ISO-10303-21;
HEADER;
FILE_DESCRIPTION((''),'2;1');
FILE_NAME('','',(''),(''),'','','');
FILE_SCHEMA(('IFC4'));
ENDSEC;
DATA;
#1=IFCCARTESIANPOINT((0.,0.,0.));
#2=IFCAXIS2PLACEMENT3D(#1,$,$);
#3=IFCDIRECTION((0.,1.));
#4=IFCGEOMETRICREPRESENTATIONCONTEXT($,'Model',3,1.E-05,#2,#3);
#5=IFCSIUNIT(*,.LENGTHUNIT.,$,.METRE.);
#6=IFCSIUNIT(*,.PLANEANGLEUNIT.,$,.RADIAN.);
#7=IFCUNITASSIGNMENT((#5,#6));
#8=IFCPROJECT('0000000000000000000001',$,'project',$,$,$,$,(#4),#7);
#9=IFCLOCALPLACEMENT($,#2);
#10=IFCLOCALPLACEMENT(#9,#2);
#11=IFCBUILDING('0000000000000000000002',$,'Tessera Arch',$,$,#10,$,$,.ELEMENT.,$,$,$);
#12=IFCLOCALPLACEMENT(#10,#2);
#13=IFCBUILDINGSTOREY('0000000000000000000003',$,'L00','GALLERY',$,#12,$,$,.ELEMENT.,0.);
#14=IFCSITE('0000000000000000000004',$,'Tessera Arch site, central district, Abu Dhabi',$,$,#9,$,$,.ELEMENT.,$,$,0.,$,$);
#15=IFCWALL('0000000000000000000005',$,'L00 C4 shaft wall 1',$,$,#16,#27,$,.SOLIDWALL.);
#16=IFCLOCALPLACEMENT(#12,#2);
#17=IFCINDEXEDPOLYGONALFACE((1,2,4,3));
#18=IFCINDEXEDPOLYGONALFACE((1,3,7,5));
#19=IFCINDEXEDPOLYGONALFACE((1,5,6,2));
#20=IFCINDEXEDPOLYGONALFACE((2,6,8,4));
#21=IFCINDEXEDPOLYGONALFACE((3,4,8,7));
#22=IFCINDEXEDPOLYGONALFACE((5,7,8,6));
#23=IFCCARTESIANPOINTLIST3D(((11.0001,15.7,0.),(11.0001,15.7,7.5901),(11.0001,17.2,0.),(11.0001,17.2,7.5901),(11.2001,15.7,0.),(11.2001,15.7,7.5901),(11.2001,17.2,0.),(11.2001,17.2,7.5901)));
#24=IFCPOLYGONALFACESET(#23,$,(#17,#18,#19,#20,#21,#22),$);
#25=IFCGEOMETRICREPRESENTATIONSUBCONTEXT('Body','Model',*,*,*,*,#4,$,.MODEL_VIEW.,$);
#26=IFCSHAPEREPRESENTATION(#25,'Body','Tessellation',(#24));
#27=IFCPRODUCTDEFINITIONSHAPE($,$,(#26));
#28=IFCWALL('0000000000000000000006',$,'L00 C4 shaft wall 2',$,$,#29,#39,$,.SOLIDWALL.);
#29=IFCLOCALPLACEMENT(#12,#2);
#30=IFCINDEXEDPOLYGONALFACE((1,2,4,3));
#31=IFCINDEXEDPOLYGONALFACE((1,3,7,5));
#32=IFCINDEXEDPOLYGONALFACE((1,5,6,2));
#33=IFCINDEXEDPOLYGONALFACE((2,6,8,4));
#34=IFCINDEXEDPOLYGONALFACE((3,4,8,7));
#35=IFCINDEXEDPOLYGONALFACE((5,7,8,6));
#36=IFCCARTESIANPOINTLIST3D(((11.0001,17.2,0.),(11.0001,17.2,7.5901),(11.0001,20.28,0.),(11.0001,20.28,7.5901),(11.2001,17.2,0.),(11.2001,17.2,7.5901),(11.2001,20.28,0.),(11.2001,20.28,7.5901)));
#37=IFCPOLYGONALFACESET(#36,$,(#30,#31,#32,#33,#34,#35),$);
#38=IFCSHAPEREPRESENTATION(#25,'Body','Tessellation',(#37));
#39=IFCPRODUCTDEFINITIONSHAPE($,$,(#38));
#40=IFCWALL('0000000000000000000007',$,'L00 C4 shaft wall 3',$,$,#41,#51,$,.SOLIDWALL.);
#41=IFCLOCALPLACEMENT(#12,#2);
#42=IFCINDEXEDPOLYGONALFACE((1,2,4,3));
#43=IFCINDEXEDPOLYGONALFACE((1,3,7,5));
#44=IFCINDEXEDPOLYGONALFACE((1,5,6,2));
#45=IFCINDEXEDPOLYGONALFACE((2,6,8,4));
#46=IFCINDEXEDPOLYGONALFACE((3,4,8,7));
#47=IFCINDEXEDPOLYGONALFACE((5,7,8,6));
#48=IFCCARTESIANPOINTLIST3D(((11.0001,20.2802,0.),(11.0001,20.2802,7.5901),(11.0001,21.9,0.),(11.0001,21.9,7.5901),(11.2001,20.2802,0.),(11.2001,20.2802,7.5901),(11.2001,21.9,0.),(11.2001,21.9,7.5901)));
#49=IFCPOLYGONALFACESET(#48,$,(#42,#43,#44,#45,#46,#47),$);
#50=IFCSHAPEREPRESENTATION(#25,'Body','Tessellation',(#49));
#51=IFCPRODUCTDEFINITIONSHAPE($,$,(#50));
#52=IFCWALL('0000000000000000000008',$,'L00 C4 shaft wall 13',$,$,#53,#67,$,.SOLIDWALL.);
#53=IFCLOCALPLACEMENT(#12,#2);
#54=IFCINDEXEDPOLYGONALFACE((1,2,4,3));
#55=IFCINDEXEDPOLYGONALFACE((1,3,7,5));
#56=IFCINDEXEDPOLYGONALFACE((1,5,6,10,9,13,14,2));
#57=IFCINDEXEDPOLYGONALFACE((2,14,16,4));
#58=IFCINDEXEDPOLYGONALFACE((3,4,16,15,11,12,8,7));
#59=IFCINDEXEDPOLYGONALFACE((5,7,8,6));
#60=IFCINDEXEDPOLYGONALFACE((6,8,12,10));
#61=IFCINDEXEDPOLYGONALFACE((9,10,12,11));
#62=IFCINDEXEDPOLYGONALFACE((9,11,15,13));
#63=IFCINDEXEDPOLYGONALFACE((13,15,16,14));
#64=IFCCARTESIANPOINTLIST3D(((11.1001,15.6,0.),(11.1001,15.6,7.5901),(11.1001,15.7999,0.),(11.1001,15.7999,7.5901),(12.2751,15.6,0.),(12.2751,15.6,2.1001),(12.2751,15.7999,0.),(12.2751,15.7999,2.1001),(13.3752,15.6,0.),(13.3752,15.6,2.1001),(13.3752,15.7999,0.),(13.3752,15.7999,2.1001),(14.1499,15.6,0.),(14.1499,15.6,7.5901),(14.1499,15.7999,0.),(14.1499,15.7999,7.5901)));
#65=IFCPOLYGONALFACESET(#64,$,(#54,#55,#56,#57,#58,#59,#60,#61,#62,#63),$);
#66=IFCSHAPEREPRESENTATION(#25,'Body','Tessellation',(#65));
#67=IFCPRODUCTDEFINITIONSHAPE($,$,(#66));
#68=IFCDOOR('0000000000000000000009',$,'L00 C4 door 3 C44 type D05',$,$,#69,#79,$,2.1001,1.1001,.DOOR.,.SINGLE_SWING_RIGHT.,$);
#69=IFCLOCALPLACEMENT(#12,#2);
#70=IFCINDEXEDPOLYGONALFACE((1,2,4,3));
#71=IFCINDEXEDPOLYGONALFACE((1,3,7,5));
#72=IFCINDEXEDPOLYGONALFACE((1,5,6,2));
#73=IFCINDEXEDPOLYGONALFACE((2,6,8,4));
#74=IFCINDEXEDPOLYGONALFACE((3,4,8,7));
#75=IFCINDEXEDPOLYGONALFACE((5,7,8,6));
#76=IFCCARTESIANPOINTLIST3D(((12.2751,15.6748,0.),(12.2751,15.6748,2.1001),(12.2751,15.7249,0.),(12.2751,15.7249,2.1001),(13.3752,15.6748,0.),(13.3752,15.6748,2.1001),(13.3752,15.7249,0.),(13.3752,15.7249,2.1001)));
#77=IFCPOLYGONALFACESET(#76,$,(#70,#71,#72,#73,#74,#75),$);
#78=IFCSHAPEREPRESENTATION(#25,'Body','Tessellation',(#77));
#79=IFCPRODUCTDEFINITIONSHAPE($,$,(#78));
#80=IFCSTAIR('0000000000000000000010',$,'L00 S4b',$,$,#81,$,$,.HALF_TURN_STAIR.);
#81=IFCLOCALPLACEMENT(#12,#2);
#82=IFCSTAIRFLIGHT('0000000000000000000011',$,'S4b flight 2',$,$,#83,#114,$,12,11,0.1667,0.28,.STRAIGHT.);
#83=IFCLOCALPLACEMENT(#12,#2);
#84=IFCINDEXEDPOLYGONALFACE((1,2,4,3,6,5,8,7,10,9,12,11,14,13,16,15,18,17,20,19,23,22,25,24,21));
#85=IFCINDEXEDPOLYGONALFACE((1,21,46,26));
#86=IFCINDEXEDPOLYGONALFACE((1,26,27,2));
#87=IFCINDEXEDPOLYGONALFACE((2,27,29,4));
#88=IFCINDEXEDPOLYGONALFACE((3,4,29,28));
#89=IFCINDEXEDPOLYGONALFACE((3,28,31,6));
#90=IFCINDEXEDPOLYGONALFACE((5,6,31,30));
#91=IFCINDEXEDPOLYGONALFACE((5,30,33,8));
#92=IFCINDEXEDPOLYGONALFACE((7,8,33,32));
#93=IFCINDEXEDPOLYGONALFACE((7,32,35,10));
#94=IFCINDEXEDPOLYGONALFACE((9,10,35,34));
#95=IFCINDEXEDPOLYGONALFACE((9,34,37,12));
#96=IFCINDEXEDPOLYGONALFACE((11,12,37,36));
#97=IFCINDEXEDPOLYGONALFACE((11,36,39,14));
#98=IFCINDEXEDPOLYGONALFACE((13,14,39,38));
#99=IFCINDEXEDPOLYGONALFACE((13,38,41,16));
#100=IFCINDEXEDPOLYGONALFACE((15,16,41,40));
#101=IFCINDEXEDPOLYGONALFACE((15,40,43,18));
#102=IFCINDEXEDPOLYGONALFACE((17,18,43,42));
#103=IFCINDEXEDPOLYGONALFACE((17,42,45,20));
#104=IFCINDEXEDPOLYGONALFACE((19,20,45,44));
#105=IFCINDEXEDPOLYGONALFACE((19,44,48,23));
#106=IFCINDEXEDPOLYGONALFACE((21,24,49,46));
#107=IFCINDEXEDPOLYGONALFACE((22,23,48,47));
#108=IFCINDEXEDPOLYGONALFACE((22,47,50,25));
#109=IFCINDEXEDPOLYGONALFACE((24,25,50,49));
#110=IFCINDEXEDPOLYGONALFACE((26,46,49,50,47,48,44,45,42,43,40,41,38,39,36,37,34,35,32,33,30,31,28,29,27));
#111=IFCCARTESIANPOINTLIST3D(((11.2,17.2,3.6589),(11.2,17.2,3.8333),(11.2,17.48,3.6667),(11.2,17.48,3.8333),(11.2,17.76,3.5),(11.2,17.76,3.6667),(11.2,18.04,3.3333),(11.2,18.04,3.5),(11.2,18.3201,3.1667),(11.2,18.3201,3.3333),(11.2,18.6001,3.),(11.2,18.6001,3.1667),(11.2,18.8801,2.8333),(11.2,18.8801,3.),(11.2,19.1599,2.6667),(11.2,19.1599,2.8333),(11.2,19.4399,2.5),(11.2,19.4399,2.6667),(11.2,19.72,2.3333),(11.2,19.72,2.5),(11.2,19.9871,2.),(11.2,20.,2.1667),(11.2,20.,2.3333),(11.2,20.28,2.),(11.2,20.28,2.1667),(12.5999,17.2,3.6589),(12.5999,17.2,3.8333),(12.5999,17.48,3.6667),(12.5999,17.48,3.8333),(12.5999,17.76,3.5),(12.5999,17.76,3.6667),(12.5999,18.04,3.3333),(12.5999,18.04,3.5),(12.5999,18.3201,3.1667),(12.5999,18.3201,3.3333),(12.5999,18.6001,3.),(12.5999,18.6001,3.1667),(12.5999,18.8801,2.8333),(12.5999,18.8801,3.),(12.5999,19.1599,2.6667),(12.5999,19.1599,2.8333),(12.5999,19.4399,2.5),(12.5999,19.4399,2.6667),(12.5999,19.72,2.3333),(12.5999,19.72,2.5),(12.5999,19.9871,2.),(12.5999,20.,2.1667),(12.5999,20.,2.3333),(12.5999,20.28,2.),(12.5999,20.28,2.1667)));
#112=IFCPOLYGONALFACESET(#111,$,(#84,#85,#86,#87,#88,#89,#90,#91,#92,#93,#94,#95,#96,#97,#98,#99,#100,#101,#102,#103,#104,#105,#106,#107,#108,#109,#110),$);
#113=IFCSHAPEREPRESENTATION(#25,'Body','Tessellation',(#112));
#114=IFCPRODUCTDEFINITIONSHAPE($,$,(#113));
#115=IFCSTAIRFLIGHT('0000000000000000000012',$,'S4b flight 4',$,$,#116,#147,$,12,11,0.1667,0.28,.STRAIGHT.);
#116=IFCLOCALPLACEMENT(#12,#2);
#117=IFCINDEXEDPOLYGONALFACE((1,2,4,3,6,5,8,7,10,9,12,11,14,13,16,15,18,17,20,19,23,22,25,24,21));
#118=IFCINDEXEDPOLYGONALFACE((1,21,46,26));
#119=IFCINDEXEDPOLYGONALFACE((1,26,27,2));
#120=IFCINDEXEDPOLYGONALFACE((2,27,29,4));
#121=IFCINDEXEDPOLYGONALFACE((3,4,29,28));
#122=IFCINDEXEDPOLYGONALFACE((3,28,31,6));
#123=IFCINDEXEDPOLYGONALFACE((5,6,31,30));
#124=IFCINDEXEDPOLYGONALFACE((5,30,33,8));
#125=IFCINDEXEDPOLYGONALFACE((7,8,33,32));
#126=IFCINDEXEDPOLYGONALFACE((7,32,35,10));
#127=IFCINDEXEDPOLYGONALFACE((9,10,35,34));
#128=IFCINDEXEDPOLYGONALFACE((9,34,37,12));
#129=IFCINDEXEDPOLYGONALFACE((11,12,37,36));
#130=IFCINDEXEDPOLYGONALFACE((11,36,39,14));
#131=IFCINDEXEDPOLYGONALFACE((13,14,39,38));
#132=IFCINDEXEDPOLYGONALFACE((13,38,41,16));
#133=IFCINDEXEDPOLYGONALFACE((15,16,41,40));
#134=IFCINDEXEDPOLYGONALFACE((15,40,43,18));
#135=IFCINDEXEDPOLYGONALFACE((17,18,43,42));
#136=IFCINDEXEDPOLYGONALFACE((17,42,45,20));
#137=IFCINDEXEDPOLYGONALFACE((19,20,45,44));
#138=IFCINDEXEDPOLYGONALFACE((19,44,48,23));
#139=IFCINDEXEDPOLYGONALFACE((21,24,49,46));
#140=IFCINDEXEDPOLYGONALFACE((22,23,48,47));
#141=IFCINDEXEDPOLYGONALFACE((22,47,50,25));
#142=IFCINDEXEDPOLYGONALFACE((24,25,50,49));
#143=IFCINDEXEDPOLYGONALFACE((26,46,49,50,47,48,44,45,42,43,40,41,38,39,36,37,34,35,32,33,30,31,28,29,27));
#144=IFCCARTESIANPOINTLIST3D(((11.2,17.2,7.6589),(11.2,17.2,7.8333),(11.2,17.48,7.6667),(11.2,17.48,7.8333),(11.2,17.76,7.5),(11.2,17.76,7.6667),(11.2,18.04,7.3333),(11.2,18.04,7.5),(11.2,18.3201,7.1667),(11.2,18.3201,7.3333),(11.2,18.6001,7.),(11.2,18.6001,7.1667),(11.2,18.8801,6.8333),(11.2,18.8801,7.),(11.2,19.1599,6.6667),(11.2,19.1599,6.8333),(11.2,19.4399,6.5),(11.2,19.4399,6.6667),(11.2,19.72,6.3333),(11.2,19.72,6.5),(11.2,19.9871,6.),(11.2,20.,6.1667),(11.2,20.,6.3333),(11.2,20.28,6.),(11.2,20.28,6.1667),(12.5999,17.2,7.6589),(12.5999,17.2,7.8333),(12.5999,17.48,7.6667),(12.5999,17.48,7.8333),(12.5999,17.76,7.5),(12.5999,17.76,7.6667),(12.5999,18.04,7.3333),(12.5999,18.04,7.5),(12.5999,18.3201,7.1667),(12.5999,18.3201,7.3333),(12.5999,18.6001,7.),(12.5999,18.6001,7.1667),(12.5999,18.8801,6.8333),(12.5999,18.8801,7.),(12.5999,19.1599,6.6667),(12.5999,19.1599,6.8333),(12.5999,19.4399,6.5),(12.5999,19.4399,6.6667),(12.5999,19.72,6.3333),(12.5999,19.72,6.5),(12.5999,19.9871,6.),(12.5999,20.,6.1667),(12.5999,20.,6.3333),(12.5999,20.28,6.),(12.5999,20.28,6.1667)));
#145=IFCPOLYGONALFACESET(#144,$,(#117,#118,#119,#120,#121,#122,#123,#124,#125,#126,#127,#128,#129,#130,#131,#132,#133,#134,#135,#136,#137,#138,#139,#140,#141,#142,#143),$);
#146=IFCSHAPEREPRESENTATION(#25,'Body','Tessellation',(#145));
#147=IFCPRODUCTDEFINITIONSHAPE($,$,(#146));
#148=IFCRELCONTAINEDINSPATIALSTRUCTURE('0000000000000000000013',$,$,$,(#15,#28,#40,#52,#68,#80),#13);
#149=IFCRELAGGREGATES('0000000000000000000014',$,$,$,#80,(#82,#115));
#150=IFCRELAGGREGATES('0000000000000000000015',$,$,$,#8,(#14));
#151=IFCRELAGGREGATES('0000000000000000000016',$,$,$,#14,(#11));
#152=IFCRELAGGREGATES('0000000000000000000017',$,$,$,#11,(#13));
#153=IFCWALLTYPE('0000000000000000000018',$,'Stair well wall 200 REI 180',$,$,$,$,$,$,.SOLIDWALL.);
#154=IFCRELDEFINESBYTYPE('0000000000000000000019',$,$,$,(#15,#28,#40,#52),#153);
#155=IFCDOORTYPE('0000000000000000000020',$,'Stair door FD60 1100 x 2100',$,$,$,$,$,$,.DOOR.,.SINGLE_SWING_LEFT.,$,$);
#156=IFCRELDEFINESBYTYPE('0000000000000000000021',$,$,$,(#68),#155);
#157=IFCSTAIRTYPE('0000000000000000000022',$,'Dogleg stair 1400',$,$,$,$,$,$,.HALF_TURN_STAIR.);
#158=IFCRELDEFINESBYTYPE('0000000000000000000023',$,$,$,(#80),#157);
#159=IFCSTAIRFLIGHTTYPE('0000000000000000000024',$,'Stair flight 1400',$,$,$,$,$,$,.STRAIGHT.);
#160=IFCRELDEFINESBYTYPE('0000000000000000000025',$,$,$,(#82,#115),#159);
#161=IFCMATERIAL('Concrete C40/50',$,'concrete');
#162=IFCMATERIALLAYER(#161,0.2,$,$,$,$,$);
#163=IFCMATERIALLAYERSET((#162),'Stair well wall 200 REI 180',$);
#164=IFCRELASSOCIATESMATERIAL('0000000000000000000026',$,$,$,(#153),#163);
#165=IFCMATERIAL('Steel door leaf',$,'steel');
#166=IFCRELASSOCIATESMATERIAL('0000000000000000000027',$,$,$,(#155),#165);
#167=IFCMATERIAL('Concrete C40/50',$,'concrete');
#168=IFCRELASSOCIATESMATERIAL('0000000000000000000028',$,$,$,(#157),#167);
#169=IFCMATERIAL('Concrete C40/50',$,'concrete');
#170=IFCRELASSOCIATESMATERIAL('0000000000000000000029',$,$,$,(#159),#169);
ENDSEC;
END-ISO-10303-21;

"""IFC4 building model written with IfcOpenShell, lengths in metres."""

from ifc_helpers import new_model, si_unit, direction, frame, frame_2d, origin, place, context, subcontext, project, spatial, polyline, rectangle, outline, extrude, material, layer, layer_set, type_object, element, fill, aggregate, save


model = new_model("IFC4")

# Units and contexts
model_context = context("Model", 3, precision=1e-05, world=origin(), true_north=direction((0.0, 1.0)))
body_context = subcontext(model_context, "Body", "Model", "MODEL_VIEW")
ifc_project = project(units=[si_unit("LENGTHUNIT", "METRE"), si_unit("PLANEANGLEUNIT", "RADIAN")], contexts=[model_context])

# Site, building, storey
site_placement = place(None, origin())
site = spatial("IfcSite", under=ifc_project, at=site_placement, Name="Tessera Arch site, central district, Abu Dhabi", CompositionType="ELEMENT", RefElevation=0.0)
building_placement = place(site_placement, origin())
building = spatial("IfcBuilding", under=site, at=building_placement, Name="Tessera Arch", CompositionType="ELEMENT")
storey_placement = place(building_placement, origin())
storey = spatial("IfcBuildingStorey", under=building, at=storey_placement, Name="L00", Description="GALLERY", CompositionType="ELEMENT", Elevation=0.0)

# Walls
ifc_material_1 = material(Name="Concrete C40/50", Category="concrete")
ifc_layer_1 = layer(ifc_material_1, 0.2)
ifc_layer_set_1 = layer_set([ifc_layer_1], Name="Stair well wall 200 REI 180")
wall_type_1 = type_object("IfcWallType", Name="Stair well wall 200 REI 180", PredefinedType="SOLIDWALL", material=ifc_layer_set_1)
wall_1_placement = place(storey_placement, frame((11.1001, 15.7, 0.0), z_axis=(0.0, 0.0, 1.0), x_axis=(0.0, 1.0, 0.0)))
element("IfcWall", 1, at=wall_1_placement, inside=storey, type_object=wall_type_1, Name="L00 C4 shaft wall 1", PredefinedType="SOLIDWALL", context=body_context, shape_type="SweptSolid", body=[
    extrude(rectangle(XDim=1.5, YDim=0.2, at=frame_2d((0.75, 0.0))), origin(), (0.0, 0.0, 1.0), 7.5901),
])
wall_2_placement = place(storey_placement, frame((11.1001, 17.2, 0.0), z_axis=(0.0, 0.0, 1.0), x_axis=(0.0, 1.0, 0.0)))
element("IfcWall", 2, at=wall_2_placement, inside=storey, type_object=wall_type_1, Name="L00 C4 shaft wall 2", PredefinedType="SOLIDWALL", context=body_context, shape_type="SweptSolid", body=[
    extrude(rectangle(XDim=3.0801, YDim=0.2, at=frame_2d((1.54, 0.0))), origin(), (0.0, 0.0, 1.0), 7.5901),
])
wall_3_placement = place(storey_placement, frame((11.1001, 20.28, 0.0), z_axis=(0.0, 0.0, 1.0), x_axis=(0.0, 1.0, 0.0)))
element("IfcWall", 3, at=wall_3_placement, inside=storey, type_object=wall_type_1, Name="L00 C4 shaft wall 3", PredefinedType="SOLIDWALL", context=body_context, shape_type="SweptSolid", body=[
    extrude(rectangle(XDim=1.6199, YDim=0.2, at=frame_2d((0.8101, 0.0))), origin(), (0.0, 0.0, 1.0), 7.5901),
])

# Wall, opening, door
wall_4_placement = place(storey_placement, frame((11.1001, 15.7, 0.0), z_axis=(0.0, 0.0, 1.0), x_axis=(1.0, 0.0, 0.0)))
wall_4 = element("IfcWall", 4, at=wall_4_placement, inside=storey, type_object=wall_type_1, Name="L00 C4 shaft wall 13", PredefinedType="SOLIDWALL", context=body_context, shape_type="SweptSolid", body=[
    extrude(rectangle(XDim=3.0498, YDim=0.2, at=frame_2d((1.5249, 0.0))), origin(), (0.0, 0.0, 1.0), 7.5901),
])
opening_1_placement = place(wall_4_placement, frame((1.175, 0.0, 0.0)))
opening_1 = element("IfcOpeningElement", 5, at=opening_1_placement, cuts=wall_4, PredefinedType="OPENING", context=body_context, shape_type="SweptSolid", body=[
    extrude(rectangle(XDim=1.1001, YDim=2.1001, at=frame_2d((0.55, 1.05))), frame((0.0, 0.1099, 0.0), z_axis=(0.0, -1.0, 0.0), x_axis=(1.0, 0.0, 0.0)), (0.0, 0.0, 1.0), 0.22),
])
ifc_material_2 = material(Name="Steel door leaf", Category="steel")
door_type_1 = type_object("IfcDoorType", Name="Stair door FD60 1100 x 2100", OperationType="SINGLE_SWING_LEFT", PredefinedType="DOOR", material=ifc_material_2)
door_1_placement = place(opening_1_placement, origin())
door_1 = element("IfcDoor", 6, at=door_1_placement, inside=storey, type_object=door_type_1, Name="L00 C4 door 3 C44 type D05", OperationType="SINGLE_SWING_RIGHT", OverallHeight=2.1001, OverallWidth=1.1001, PredefinedType="DOOR", context=body_context, shape_type="SweptSolid", body=[
    extrude(rectangle(XDim=1.1001, YDim=2.1001, at=frame_2d((0.55, 1.05))), frame((0.0, 0.0249, 0.0), z_axis=(0.0, -1.0, 0.0), x_axis=(1.0, 0.0, 0.0)), (0.0, 0.0, 1.0), 0.05),
])
fill(opening_1, door_1)

# Stair, stair flights
ifc_material_3 = material(Name="Concrete C40/50", Category="concrete")
stair_type = type_object("IfcStairType", Name="Dogleg stair 1400", PredefinedType="HALF_TURN_STAIR", material=ifc_material_3)
stair_placement = place(storey_placement, origin())
stair = element("IfcStair", 7, at=stair_placement, inside=storey, type_object=stair_type, Name="L00 S4b", PredefinedType="HALF_TURN_STAIR")
ifc_material_4 = material(Name="Concrete C40/50", Category="concrete")
stair_flight_type = type_object("IfcStairFlightType", Name="Stair flight 1400", PredefinedType="STRAIGHT", material=ifc_material_4)
stair_flight_1_placement = place(storey_placement, frame((11.8999, 20.28, 2.0), z_axis=(0.0, 0.0, 1.0), x_axis=(0.0, -1.0, 0.0)))
stair_flight_1 = element("IfcStairFlight", 8, at=stair_flight_1_placement, type_object=stair_flight_type, Name="S4b flight 2", NumberOfRisers=12, NumberOfTreads=11, PredefinedType="STRAIGHT", RiserHeight=0.1667, TreadLength=0.28, context=body_context, shape_type="SweptSolid", body=[
    extrude(outline(polyline([(0.0, 0.0), (0.0, 0.1667), (0.28, 0.1667), (0.28, 0.3333), (0.5601, 0.3333), (0.5601, 0.5), (0.8401, 0.5), (0.8401, 0.6667), (1.1201, 0.6667), (1.1201, 0.8333), (1.3999, 0.8333), (1.3999, 1.0), (1.6799, 1.0), (1.6799, 1.1667), (1.96, 1.1667), (1.96, 1.3333), (2.24, 1.3333), (2.24, 1.5), (2.52, 1.5), (2.52, 1.6667), (2.8, 1.6667), (2.8, 1.8333), (3.0801, 1.8333), (3.0801, 2.0), (3.0801, 1.6589), (0.293, 0.0), (0.0, 0.0)])), frame((0.0, 0.7, 0.0), z_axis=(0.0, -1.0, 0.0), x_axis=(1.0, 0.0, 0.0)), (0.0, 0.0, 1.0), 1.3999),
])
stair_flight_2_placement = place(storey_placement, frame((11.8999, 20.28, 6.0), z_axis=(0.0, 0.0, 1.0), x_axis=(0.0, -1.0, 0.0)))
stair_flight_2 = element("IfcStairFlight", 9, at=stair_flight_2_placement, type_object=stair_flight_type, Name="S4b flight 4", NumberOfRisers=12, NumberOfTreads=11, PredefinedType="STRAIGHT", RiserHeight=0.1667, TreadLength=0.28, context=body_context, shape_type="SweptSolid", body=[
    extrude(outline(polyline([(0.0, 0.0), (0.0, 0.1667), (0.28, 0.1667), (0.28, 0.3333), (0.5601, 0.3333), (0.5601, 0.5), (0.8401, 0.5), (0.8401, 0.6667), (1.1201, 0.6667), (1.1201, 0.8333), (1.3999, 0.8333), (1.3999, 1.0), (1.6799, 1.0), (1.6799, 1.1667), (1.96, 1.1667), (1.96, 1.3333), (2.24, 1.3333), (2.24, 1.5), (2.52, 1.5), (2.52, 1.6667), (2.8, 1.6667), (2.8, 1.8333), (3.0801, 1.8333), (3.0801, 2.0), (3.0801, 1.6589), (0.293, 0.0), (0.0, 0.0)])), frame((0.0, 0.7, 0.0), z_axis=(0.0, -1.0, 0.0), x_axis=(1.0, 0.0, 0.0)), (0.0, 0.0, 1.0), 1.3999),
])
aggregate(stair, [stair_flight_1, stair_flight_2])

save(model, "model.ifc")
